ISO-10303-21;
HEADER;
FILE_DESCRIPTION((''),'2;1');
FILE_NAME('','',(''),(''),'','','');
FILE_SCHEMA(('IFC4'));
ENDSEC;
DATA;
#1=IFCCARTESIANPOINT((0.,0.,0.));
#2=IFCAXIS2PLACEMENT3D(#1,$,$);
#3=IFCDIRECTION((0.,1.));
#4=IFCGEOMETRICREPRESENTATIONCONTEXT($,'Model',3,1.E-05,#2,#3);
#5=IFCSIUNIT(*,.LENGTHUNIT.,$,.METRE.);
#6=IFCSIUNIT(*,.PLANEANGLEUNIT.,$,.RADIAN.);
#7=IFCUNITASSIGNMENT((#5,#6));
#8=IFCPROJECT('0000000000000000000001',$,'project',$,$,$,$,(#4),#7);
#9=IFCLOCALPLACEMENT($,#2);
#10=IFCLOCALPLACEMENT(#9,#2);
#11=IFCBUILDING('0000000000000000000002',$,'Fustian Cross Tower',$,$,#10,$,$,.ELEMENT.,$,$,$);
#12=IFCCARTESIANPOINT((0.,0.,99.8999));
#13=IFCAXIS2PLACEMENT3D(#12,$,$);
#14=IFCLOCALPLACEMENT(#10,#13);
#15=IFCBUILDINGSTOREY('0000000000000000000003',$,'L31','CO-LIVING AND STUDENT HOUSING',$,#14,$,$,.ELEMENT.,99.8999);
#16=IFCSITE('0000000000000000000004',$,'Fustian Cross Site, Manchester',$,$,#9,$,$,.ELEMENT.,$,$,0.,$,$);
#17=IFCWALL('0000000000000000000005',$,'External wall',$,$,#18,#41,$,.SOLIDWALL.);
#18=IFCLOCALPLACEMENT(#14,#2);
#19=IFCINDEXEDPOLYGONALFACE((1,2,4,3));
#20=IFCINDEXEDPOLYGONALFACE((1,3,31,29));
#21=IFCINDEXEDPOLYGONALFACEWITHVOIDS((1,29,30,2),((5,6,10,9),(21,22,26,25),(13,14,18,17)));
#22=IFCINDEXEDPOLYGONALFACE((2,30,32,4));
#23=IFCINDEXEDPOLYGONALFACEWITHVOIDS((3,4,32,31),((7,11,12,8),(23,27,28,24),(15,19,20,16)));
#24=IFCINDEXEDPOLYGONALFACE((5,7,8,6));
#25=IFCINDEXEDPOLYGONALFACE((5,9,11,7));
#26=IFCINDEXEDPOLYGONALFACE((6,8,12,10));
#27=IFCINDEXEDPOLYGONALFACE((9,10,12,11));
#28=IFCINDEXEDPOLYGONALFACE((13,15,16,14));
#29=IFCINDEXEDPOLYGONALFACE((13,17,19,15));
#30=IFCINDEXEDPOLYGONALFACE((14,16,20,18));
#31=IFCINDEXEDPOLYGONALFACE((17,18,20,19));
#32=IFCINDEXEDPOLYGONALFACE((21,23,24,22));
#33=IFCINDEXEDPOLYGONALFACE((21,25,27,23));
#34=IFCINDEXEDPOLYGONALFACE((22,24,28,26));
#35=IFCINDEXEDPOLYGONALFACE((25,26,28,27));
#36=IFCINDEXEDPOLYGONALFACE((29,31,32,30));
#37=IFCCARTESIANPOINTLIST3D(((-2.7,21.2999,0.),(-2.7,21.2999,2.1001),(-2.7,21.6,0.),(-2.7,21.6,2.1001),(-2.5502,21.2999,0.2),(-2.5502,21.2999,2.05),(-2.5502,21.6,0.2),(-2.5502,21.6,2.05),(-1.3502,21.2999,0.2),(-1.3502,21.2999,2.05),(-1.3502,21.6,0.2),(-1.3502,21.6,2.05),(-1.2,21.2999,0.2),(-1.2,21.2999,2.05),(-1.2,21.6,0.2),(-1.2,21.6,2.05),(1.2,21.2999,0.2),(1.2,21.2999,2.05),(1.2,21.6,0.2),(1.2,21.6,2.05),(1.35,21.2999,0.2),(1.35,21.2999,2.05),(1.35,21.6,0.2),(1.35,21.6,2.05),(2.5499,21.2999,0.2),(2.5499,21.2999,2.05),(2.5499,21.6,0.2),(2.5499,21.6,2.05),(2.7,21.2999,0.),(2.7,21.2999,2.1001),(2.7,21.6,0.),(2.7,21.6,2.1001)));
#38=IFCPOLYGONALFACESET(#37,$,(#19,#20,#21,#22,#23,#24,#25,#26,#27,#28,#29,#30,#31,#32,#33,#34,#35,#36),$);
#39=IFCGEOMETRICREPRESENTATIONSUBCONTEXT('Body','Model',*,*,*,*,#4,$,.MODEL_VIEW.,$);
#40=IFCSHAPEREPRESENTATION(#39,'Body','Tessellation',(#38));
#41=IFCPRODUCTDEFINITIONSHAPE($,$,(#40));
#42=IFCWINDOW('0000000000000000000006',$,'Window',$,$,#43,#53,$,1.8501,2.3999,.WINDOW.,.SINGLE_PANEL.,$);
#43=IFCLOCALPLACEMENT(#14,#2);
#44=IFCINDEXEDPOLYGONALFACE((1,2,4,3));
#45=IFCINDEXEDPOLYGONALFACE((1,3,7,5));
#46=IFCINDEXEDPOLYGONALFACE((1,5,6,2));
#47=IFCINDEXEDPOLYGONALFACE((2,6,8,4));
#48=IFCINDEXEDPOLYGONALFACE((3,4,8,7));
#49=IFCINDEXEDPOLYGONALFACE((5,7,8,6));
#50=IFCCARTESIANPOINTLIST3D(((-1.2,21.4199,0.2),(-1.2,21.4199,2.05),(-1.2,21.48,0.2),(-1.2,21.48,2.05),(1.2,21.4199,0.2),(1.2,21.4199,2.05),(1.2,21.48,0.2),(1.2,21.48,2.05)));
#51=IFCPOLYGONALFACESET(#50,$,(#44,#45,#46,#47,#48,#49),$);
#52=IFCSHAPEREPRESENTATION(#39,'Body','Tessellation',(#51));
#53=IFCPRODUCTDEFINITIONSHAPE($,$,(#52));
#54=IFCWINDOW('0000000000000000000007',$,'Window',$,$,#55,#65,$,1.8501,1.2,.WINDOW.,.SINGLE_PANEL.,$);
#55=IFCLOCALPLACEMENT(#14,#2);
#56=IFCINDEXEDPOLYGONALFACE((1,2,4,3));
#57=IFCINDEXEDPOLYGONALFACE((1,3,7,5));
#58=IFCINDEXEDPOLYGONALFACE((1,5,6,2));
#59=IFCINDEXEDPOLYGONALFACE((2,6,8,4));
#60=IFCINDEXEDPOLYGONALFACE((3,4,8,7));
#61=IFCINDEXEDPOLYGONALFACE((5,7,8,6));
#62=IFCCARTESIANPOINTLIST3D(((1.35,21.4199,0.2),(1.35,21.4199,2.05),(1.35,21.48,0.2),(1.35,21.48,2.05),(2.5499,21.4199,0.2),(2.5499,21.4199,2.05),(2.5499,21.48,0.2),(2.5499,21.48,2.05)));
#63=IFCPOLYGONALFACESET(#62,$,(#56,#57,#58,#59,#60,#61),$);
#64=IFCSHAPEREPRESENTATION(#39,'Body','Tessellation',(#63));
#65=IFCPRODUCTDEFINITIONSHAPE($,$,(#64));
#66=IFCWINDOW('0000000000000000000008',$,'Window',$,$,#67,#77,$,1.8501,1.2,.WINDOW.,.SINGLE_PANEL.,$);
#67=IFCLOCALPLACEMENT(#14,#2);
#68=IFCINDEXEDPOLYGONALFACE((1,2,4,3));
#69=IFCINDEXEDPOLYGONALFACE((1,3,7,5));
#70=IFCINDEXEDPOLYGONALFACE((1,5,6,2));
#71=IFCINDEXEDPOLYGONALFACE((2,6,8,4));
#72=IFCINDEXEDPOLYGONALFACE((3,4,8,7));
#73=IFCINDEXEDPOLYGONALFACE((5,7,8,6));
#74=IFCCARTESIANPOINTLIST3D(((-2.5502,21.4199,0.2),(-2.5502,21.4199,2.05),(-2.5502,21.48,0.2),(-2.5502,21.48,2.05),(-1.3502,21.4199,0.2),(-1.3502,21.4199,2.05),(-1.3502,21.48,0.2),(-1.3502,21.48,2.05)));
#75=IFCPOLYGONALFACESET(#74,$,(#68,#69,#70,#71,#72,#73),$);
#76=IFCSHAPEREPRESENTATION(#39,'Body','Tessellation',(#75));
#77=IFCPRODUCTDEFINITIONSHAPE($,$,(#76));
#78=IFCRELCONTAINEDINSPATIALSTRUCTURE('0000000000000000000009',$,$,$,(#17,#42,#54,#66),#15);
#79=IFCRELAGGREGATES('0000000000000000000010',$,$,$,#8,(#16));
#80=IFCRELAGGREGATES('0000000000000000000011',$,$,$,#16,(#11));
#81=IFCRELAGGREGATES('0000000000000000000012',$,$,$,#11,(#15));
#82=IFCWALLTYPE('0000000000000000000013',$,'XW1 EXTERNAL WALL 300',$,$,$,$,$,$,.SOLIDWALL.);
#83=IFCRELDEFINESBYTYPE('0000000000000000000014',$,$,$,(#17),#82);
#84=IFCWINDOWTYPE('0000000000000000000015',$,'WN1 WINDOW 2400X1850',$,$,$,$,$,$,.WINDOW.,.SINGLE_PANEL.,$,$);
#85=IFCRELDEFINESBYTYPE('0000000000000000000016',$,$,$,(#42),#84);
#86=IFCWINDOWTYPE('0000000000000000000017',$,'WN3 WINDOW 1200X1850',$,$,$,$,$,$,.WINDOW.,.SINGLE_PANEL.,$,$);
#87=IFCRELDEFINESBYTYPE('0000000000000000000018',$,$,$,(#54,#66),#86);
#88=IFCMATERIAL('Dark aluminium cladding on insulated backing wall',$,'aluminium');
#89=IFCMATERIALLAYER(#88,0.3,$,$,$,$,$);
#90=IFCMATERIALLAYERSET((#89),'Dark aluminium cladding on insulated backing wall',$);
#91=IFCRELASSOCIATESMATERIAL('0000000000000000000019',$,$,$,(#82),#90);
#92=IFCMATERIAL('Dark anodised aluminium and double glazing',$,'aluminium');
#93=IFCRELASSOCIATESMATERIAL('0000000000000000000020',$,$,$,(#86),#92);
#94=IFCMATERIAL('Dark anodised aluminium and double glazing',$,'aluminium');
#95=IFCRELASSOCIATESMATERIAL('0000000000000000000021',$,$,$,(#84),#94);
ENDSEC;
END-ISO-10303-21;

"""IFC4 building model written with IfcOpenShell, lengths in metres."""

from ifc_helpers import new_model, si_unit, direction, frame, frame_2d, origin, place, context, subcontext, project, spatial, rectangle, extrude, material, layer, layer_set, type_object, element, fill, save


model = new_model("IFC4")

# Units and contexts
model_context = context("Model", 3, precision=1e-05, world=origin(), true_north=direction((0.0, 1.0)))
body_context = subcontext(model_context, "Body", "Model", "MODEL_VIEW")
ifc_project = project(units=[si_unit("LENGTHUNIT", "METRE"), si_unit("PLANEANGLEUNIT", "RADIAN")], contexts=[model_context])

# Site, building, storey
site_placement = place(None, origin())
site = spatial("IfcSite", under=ifc_project, at=site_placement, Name="Fustian Cross Site, Manchester", CompositionType="ELEMENT", RefElevation=0.0)
building_placement = place(site_placement, origin())
building = spatial("IfcBuilding", under=site, at=building_placement, Name="Fustian Cross Tower", CompositionType="ELEMENT")
storey_placement = place(building_placement, frame((0.0, 0.0, 99.8999)))
storey = spatial("IfcBuildingStorey", under=building, at=storey_placement, Name="L31", Description="CO-LIVING AND STUDENT HOUSING", CompositionType="ELEMENT", Elevation=99.8999)

# Shared definitions
ifc_material_1 = material(Name="Dark aluminium cladding on insulated backing wall", Category="aluminium")
ifc_layer_1 = layer(ifc_material_1, 0.3)
ifc_layer_set_1 = layer_set([ifc_layer_1], Name="Dark aluminium cladding on insulated backing wall")
wall_type_1 = type_object("IfcWallType", Name="XW1 EXTERNAL WALL 300", PredefinedType="SOLIDWALL", material=ifc_layer_set_1)

# Shared definitions
ifc_material_2 = material(Name="Dark anodised aluminium and double glazing", Category="aluminium")
window_type_1 = type_object("IfcWindowType", Name="WN3 WINDOW 1200X1850", PartitioningType="SINGLE_PANEL", PredefinedType="WINDOW", material=ifc_material_2)

# Wall, openings, windows
wall_1_placement = place(storey_placement, frame((2.7, 21.45, 0.0), z_axis=(0.0, 0.0, 1.0), x_axis=(-1.0, 0.0, 0.0)))
wall_1 = element("IfcWall", 1, at=wall_1_placement, inside=storey, type_object=wall_type_1, Name="External wall", PredefinedType="SOLIDWALL", context=body_context, shape_type="SweptSolid", body=[
    extrude(rectangle(XDim=5.3999, YDim=0.3, at=frame_2d((2.7, 0.0))), origin(), (0.0, 0.0, 1.0), 2.1001),
])
opening_1_placement = place(wall_1_placement, frame((1.5, 0.0, 0.2)))
opening_1 = element("IfcOpeningElement", 2, at=opening_1_placement, cuts=wall_1, PredefinedType="OPENING", context=body_context, shape_type="SweptSolid", body=[
    extrude(rectangle(XDim=2.3999, YDim=1.8501, at=frame_2d((1.2, 0.925))), frame((0.0, 0.1599, 0.0), z_axis=(0.0, -1.0, 0.0), x_axis=(1.0, 0.0, 0.0)), (0.0, 0.0, 1.0), 0.3201),
])
opening_2_placement = place(wall_1_placement, frame((0.1499, 0.0, 0.2)))
opening_2 = element("IfcOpeningElement", 3, at=opening_2_placement, cuts=wall_1, PredefinedType="OPENING", context=body_context, shape_type="SweptSolid", body=[
    extrude(rectangle(XDim=1.2, YDim=1.8501, at=frame_2d((0.6001, 0.925))), frame((0.0, 0.1599, 0.0), z_axis=(0.0, -1.0, 0.0), x_axis=(1.0, 0.0, 0.0)), (0.0, 0.0, 1.0), 0.3201),
])
opening_3_placement = place(wall_1_placement, frame((4.05, 0.0, 0.2)))
opening_3 = element("IfcOpeningElement", 4, at=opening_3_placement, cuts=wall_1, PredefinedType="OPENING", context=body_context, shape_type="SweptSolid", body=[
    extrude(rectangle(XDim=1.2, YDim=1.8501, at=frame_2d((0.6001, 0.925))), frame((0.0, 0.1599, 0.0), z_axis=(0.0, -1.0, 0.0), x_axis=(1.0, 0.0, 0.0)), (0.0, 0.0, 1.0), 0.3201),
])
ifc_material_3 = material(Name="Dark anodised aluminium and double glazing", Category="aluminium")
window_type_2 = type_object("IfcWindowType", Name="WN1 WINDOW 2400X1850", PartitioningType="SINGLE_PANEL", PredefinedType="WINDOW", material=ifc_material_3)
window_1_placement = place(opening_1_placement, origin())
window_1 = element("IfcWindow", 5, at=window_1_placement, inside=storey, type_object=window_type_2, Name="Window", OverallHeight=1.8501, OverallWidth=2.3999, PartitioningType="SINGLE_PANEL", PredefinedType="WINDOW", context=body_context, shape_type="SweptSolid", body=[
    extrude(rectangle(XDim=2.3999, YDim=1.8501, at=frame_2d((1.2, 0.925))), frame((0.0, 0.03, 0.0), z_axis=(0.0, -1.0, 0.0), x_axis=(1.0, 0.0, 0.0)), (0.0, 0.0, 1.0), 0.0601),
])
fill(opening_1, window_1)
window_2_placement = place(opening_2_placement, origin())
window_2 = element("IfcWindow", 6, at=window_2_placement, inside=storey, type_object=window_type_1, Name="Window", OverallHeight=1.8501, OverallWidth=1.2, PartitioningType="SINGLE_PANEL", PredefinedType="WINDOW", context=body_context, shape_type="SweptSolid", body=[
    extrude(rectangle(XDim=1.2, YDim=1.8501, at=frame_2d((0.6001, 0.925))), frame((0.0, 0.03, 0.0), z_axis=(0.0, -1.0, 0.0), x_axis=(1.0, 0.0, 0.0)), (0.0, 0.0, 1.0), 0.0601),
])
fill(opening_2, window_2)
window_3_placement = place(opening_3_placement, origin())
window_3 = element("IfcWindow", 7, at=window_3_placement, inside=storey, type_object=window_type_1, Name="Window", OverallHeight=1.8501, OverallWidth=1.2, PartitioningType="SINGLE_PANEL", PredefinedType="WINDOW", context=body_context, shape_type="SweptSolid", body=[
    extrude(rectangle(XDim=1.2, YDim=1.8501, at=frame_2d((0.6001, 0.925))), frame((0.0, 0.03, 0.0), z_axis=(0.0, -1.0, 0.0), x_axis=(1.0, 0.0, 0.0)), (0.0, 0.0, 1.0), 0.0601),
])
fill(opening_3, window_3)

save(model, "model.ifc")
